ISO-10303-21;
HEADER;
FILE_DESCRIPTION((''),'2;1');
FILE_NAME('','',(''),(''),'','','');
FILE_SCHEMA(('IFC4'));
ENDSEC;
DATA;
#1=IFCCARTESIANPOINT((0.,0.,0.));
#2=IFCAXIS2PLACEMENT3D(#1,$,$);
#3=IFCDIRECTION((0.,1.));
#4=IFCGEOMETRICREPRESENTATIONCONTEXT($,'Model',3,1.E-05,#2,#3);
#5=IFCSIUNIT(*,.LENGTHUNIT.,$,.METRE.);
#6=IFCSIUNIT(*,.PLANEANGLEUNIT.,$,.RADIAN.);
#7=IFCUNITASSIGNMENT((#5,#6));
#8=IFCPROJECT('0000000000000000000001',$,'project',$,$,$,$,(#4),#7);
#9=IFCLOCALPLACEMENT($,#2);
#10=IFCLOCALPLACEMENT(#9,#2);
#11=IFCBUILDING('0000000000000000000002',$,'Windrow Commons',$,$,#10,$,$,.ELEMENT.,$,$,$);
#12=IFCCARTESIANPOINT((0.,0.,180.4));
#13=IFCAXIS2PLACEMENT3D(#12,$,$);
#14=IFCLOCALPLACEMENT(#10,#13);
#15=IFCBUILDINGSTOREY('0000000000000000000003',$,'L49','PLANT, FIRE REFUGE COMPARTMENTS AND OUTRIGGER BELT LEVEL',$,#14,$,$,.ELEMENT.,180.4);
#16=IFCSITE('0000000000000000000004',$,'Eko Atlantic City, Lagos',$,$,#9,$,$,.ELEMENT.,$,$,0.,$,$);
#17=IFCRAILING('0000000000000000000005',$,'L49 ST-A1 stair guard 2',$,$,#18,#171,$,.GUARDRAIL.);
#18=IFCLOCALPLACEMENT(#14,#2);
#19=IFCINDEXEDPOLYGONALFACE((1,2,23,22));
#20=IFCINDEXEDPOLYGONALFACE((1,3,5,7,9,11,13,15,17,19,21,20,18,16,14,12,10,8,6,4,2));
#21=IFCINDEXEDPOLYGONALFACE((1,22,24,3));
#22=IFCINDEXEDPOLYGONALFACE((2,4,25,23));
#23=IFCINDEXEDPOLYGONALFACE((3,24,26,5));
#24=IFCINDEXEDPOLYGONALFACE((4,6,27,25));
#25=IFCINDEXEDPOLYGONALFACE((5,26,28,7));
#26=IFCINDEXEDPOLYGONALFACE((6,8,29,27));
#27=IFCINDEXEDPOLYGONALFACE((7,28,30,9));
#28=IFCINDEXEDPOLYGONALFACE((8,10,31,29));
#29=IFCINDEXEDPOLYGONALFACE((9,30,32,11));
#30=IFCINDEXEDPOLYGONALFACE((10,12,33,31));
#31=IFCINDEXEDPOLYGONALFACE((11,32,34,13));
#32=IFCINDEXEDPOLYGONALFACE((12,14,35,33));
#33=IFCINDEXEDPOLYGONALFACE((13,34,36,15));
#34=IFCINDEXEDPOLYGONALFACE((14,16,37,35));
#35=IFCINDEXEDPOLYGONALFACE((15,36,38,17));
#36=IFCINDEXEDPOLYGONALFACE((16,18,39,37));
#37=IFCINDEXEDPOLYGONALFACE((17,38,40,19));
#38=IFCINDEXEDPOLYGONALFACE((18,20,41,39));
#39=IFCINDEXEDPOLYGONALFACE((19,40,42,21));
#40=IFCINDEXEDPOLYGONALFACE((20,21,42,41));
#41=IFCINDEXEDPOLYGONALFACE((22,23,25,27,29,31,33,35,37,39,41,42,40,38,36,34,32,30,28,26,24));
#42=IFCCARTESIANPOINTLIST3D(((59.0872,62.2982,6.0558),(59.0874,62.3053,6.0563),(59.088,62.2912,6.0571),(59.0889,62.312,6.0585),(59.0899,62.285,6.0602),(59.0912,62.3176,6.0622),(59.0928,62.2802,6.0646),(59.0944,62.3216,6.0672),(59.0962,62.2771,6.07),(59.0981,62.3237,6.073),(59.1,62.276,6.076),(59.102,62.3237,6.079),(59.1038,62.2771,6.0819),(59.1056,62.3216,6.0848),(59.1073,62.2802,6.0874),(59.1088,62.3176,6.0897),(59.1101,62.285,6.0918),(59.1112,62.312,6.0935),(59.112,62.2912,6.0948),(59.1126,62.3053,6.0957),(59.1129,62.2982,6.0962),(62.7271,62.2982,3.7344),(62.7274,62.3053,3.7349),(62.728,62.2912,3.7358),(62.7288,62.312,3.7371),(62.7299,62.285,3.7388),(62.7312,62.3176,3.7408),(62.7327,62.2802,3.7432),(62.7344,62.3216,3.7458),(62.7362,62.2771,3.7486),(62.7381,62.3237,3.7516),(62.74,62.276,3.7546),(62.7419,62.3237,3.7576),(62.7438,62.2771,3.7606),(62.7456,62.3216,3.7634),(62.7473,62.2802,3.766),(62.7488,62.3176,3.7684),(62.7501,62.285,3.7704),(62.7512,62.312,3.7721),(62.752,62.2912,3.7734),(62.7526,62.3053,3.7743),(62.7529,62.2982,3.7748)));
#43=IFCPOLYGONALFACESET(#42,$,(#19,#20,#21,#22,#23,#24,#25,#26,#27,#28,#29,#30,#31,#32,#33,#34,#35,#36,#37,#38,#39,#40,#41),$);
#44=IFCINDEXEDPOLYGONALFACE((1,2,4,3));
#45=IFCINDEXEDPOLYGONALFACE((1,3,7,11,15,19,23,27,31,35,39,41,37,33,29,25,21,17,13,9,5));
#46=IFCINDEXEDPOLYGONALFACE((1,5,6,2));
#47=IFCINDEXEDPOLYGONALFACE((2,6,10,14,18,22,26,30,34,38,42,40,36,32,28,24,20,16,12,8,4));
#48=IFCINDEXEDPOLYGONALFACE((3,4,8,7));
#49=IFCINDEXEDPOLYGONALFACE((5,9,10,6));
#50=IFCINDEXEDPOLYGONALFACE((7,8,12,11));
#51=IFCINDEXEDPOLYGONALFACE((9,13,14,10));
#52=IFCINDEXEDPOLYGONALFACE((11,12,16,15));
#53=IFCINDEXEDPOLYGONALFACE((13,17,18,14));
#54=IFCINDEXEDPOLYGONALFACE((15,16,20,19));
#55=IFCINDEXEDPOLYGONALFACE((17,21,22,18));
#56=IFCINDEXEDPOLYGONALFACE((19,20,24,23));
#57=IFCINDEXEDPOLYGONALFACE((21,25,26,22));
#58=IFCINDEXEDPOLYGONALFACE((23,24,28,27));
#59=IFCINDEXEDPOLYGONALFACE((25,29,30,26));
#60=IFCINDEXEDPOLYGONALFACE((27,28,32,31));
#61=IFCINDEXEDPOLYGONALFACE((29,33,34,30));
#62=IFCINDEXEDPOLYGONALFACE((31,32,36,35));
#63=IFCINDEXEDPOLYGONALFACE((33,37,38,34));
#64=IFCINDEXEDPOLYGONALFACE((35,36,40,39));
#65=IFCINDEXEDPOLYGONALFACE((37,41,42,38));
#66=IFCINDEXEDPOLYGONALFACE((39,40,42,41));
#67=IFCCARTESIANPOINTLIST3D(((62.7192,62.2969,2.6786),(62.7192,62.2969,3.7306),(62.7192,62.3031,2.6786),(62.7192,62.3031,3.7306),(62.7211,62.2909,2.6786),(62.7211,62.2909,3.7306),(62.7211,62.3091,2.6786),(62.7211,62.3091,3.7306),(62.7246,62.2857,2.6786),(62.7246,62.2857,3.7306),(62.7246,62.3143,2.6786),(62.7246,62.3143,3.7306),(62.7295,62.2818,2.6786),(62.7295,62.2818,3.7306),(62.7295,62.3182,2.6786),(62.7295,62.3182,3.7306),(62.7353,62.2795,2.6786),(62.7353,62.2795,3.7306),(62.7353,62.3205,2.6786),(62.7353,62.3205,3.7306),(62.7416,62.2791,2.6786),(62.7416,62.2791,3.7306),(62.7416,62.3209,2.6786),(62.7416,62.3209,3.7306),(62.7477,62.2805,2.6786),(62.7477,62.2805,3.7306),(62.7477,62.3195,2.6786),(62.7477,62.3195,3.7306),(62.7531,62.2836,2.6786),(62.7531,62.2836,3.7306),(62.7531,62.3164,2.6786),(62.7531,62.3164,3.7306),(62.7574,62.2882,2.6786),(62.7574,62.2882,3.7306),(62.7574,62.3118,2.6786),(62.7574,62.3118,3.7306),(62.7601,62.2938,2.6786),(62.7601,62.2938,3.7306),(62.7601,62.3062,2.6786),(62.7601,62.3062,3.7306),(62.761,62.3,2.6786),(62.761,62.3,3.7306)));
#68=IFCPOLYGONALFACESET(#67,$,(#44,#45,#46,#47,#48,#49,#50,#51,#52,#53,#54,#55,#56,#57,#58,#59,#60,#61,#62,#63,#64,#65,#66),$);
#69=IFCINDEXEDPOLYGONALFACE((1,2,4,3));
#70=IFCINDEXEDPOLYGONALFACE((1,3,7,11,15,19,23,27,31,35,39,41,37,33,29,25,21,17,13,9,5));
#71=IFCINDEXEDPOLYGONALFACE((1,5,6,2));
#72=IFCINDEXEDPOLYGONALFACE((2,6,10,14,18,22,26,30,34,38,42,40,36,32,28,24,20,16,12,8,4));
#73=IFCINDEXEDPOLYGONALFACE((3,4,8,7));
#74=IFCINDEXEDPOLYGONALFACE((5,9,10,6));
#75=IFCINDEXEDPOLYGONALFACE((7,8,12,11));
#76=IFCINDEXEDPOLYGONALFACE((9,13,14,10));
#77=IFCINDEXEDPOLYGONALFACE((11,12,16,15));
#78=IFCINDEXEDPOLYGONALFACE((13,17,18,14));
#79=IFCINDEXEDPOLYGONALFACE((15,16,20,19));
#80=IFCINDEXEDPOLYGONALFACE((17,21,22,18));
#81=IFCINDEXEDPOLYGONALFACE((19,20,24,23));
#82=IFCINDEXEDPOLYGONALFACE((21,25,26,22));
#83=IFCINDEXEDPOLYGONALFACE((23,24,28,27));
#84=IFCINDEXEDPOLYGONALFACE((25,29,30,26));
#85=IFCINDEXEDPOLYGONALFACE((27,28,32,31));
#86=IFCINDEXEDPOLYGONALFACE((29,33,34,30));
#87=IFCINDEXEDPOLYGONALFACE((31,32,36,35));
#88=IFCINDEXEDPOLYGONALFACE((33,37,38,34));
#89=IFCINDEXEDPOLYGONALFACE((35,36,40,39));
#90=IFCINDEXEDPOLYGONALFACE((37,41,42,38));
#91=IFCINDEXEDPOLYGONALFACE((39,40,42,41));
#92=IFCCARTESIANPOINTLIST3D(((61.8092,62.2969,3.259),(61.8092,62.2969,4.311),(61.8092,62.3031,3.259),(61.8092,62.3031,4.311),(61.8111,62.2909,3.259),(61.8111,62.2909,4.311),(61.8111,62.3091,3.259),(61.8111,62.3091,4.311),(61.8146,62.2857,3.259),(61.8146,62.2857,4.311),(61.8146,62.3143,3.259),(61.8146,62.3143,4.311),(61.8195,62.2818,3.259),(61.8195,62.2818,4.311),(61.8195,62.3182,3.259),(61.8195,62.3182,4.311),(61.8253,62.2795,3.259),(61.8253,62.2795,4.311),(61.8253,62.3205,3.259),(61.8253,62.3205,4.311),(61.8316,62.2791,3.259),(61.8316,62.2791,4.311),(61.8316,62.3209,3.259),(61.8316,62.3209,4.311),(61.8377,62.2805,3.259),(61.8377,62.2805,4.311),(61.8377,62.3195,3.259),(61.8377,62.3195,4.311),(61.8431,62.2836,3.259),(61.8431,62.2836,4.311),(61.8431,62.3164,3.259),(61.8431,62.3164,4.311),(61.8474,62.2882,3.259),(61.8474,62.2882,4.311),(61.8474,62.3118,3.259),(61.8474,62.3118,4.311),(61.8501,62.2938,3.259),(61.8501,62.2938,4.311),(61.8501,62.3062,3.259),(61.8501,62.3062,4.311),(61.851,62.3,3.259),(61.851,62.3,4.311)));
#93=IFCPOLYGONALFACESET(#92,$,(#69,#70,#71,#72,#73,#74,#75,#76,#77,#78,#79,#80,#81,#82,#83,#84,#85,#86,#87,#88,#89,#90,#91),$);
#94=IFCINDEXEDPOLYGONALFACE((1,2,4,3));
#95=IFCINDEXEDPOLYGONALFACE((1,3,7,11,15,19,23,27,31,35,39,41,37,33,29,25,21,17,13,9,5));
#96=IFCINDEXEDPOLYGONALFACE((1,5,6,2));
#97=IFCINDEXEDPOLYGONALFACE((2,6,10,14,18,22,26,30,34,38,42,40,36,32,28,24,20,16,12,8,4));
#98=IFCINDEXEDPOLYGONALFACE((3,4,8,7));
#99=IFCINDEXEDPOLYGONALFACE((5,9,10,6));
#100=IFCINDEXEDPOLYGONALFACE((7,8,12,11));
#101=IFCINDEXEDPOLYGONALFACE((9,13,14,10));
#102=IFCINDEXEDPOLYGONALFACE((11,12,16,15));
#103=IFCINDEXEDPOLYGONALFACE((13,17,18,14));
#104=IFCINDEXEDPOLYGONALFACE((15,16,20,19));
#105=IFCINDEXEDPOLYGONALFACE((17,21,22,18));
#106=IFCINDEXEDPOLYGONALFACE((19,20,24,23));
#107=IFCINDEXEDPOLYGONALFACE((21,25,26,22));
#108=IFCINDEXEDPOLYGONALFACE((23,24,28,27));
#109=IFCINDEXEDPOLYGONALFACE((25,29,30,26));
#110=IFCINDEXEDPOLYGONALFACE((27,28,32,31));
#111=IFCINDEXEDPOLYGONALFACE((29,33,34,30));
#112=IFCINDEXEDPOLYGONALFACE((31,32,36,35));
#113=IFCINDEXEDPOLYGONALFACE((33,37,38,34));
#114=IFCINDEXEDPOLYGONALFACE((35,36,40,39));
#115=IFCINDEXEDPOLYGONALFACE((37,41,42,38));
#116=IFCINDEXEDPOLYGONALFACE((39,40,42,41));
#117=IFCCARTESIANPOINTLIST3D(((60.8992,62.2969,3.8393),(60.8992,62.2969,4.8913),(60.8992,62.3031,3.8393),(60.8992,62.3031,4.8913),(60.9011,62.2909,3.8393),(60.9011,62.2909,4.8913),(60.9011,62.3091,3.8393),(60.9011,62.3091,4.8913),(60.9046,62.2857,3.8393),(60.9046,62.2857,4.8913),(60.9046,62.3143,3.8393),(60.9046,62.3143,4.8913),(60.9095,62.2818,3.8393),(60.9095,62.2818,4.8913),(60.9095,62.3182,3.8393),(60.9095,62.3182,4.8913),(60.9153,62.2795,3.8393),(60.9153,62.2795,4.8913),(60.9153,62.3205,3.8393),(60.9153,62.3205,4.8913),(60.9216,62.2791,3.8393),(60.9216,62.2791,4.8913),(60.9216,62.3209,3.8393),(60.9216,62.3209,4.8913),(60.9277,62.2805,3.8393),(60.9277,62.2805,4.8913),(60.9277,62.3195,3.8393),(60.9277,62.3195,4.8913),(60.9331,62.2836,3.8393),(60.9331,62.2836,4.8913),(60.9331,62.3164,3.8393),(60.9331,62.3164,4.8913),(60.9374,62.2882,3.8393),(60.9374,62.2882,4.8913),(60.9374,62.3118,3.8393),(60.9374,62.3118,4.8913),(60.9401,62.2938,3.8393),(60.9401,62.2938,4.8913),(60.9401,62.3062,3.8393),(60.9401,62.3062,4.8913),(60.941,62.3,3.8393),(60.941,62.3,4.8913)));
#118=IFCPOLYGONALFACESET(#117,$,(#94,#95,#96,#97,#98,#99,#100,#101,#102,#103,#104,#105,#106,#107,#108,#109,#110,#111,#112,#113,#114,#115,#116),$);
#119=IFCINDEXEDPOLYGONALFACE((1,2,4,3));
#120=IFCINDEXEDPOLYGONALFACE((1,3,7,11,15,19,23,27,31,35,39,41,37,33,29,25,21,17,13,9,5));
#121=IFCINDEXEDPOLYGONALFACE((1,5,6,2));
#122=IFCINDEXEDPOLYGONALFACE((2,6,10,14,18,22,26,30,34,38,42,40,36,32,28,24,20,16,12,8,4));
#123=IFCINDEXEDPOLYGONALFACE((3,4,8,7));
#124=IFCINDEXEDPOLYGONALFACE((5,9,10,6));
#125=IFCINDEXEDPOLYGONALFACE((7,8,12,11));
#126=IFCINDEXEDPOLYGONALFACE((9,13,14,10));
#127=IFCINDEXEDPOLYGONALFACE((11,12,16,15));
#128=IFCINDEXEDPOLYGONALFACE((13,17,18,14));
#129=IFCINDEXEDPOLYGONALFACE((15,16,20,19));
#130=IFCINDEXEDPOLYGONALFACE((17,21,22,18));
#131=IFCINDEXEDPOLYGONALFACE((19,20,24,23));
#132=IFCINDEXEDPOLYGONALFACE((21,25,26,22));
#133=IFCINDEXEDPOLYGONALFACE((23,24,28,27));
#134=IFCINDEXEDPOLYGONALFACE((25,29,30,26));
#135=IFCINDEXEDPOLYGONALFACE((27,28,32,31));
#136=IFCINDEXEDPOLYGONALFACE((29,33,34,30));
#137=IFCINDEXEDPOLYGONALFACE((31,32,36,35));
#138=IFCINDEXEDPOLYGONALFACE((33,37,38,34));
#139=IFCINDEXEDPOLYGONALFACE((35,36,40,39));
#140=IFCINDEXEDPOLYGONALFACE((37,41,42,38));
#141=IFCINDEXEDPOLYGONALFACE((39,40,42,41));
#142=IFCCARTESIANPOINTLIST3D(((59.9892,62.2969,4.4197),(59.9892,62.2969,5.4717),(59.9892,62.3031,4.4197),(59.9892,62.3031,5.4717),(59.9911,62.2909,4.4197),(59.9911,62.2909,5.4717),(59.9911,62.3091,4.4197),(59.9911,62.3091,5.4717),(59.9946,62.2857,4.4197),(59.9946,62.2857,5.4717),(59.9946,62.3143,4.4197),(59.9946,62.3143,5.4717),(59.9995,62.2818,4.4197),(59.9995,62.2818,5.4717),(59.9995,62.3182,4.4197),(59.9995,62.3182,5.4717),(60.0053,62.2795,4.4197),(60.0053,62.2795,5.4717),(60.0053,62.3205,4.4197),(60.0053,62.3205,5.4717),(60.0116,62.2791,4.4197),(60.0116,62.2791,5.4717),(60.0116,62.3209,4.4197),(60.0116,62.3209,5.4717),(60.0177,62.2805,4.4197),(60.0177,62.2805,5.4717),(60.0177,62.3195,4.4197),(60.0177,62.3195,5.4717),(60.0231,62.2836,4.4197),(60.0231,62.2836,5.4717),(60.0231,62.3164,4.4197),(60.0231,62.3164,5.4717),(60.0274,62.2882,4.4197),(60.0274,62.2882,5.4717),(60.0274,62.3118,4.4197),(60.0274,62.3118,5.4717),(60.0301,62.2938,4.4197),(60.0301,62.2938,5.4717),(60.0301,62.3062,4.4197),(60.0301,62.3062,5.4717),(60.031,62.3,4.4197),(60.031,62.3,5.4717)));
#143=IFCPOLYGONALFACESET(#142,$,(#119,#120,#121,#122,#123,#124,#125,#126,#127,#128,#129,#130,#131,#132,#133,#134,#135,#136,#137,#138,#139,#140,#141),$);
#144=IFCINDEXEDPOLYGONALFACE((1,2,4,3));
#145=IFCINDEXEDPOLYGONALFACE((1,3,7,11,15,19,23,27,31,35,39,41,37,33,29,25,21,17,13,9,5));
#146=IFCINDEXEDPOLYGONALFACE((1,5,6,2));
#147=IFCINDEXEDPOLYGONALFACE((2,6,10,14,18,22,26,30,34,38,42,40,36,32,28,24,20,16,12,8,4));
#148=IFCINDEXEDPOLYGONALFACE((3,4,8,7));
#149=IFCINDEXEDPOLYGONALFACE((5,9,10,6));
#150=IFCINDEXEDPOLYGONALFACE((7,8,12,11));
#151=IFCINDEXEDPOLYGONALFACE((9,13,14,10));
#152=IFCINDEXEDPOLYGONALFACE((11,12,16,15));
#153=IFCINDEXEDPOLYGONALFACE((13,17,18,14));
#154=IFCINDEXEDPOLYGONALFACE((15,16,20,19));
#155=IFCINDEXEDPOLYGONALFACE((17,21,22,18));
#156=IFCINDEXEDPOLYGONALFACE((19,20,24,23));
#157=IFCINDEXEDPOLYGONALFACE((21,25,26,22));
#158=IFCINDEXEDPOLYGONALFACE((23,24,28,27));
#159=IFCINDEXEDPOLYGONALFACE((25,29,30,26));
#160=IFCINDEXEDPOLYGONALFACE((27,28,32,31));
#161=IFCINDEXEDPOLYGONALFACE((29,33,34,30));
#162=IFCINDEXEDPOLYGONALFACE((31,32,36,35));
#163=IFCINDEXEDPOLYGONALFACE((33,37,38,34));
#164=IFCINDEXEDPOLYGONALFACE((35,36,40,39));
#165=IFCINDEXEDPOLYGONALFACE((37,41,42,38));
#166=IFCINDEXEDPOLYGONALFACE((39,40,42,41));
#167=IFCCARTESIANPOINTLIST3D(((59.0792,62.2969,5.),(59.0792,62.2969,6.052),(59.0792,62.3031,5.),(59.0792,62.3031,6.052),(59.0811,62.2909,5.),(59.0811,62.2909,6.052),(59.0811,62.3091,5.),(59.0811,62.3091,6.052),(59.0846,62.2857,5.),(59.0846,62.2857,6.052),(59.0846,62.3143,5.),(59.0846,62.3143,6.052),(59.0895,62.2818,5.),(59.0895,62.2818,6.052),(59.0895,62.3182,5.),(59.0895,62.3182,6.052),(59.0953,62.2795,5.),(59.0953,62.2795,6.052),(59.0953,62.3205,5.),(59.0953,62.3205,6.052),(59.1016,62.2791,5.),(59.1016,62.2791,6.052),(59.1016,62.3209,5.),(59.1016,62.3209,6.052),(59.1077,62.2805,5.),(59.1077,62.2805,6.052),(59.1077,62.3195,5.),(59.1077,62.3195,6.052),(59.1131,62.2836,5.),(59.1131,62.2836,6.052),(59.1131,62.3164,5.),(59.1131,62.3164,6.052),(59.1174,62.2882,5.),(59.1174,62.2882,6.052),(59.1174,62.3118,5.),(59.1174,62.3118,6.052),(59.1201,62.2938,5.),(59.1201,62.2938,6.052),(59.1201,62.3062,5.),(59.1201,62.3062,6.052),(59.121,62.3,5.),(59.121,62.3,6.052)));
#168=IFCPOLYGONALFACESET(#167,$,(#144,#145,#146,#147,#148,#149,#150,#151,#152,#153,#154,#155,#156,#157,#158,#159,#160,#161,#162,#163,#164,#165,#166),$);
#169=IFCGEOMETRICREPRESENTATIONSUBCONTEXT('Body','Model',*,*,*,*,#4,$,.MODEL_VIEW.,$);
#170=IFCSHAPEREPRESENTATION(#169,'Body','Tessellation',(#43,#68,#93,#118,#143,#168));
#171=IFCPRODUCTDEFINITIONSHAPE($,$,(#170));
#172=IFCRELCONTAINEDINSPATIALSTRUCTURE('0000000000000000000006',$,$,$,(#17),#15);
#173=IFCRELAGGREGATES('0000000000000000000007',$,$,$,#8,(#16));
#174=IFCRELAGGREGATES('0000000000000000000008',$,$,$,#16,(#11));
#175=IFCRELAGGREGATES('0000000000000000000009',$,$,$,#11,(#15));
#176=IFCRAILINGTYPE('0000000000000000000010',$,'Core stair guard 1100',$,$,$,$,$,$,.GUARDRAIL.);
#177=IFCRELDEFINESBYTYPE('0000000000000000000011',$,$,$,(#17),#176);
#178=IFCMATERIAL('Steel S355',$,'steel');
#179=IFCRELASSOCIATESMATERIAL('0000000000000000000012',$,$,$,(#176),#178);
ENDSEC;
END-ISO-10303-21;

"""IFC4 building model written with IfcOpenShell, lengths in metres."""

from ifc_helpers import new_model, si_unit, direction, frame, origin, origin_2d, place, context, subcontext, project, spatial, circle, extrude, material, type_object, element, save


model = new_model("IFC4")

# Units and contexts
model_context = context("Model", 3, precision=1e-05, world=origin(), true_north=direction((0.0, 1.0)))
body_context = subcontext(model_context, "Body", "Model", "MODEL_VIEW")
ifc_project = project(units=[si_unit("LENGTHUNIT", "METRE"), si_unit("PLANEANGLEUNIT", "RADIAN")], contexts=[model_context])

# Site, building, storey
site_placement = place(None, origin())
site = spatial("IfcSite", under=ifc_project, at=site_placement, Name="Eko Atlantic City, Lagos", CompositionType="ELEMENT", RefElevation=0.0)
building_placement = place(site_placement, origin())
building = spatial("IfcBuilding", under=site, at=building_placement, Name="Windrow Commons", CompositionType="ELEMENT")
storey_placement = place(building_placement, frame((0.0, 0.0, 180.4)))
storey = spatial("IfcBuildingStorey", under=building, at=storey_placement, Name="L49", Description="PLANT, FIRE REFUGE COMPARTMENTS AND OUTRIGGER BELT LEVEL", CompositionType="ELEMENT", Elevation=180.4)

# Railing
ifc_material_1 = material(Name="Steel S355", Category="steel")
railing_type_1 = type_object("IfcRailingType", Name="Core stair guard 1100", PredefinedType="GUARDRAIL", material=ifc_material_1)
railing_1_placement = place(storey_placement, frame((62.74, 62.3, 2.6786)))
element("IfcRailing", 1, at=railing_1_placement, inside=storey, type_object=railing_type_1, Name="L49 ST-A1 stair guard 2", PredefinedType="GUARDRAIL", context=body_context, shape_type="SweptSolid", body=[
    extrude(circle(Radius=0.024, at=origin_2d()), frame((0.0, 0.0, 1.076), z_axis=(-0.843133, 0.0, 0.537706), x_axis=(0.0, -1.0, 0.0)), (0.0, 0.0, 1.0), 4.3172),
    extrude(circle(Radius=0.021, at=origin_2d()), origin(), (0.0, 0.0, 1.0), 1.052),
    extrude(circle(Radius=0.021, at=origin_2d()), frame((-0.91, 0.0, 0.5804)), (0.0, 0.0, 1.0), 1.052),
    extrude(circle(Radius=0.021, at=origin_2d()), frame((-1.82, 0.0, 1.1607)), (0.0, 0.0, 1.0), 1.052),
    extrude(circle(Radius=0.021, at=origin_2d()), frame((-2.73, 0.0, 1.7411)), (0.0, 0.0, 1.0), 1.052),
    extrude(circle(Radius=0.021, at=origin_2d()), frame((-3.64, 0.0, 2.3214)), (0.0, 0.0, 1.0), 1.052),
])

save(model, "model.ifc")
